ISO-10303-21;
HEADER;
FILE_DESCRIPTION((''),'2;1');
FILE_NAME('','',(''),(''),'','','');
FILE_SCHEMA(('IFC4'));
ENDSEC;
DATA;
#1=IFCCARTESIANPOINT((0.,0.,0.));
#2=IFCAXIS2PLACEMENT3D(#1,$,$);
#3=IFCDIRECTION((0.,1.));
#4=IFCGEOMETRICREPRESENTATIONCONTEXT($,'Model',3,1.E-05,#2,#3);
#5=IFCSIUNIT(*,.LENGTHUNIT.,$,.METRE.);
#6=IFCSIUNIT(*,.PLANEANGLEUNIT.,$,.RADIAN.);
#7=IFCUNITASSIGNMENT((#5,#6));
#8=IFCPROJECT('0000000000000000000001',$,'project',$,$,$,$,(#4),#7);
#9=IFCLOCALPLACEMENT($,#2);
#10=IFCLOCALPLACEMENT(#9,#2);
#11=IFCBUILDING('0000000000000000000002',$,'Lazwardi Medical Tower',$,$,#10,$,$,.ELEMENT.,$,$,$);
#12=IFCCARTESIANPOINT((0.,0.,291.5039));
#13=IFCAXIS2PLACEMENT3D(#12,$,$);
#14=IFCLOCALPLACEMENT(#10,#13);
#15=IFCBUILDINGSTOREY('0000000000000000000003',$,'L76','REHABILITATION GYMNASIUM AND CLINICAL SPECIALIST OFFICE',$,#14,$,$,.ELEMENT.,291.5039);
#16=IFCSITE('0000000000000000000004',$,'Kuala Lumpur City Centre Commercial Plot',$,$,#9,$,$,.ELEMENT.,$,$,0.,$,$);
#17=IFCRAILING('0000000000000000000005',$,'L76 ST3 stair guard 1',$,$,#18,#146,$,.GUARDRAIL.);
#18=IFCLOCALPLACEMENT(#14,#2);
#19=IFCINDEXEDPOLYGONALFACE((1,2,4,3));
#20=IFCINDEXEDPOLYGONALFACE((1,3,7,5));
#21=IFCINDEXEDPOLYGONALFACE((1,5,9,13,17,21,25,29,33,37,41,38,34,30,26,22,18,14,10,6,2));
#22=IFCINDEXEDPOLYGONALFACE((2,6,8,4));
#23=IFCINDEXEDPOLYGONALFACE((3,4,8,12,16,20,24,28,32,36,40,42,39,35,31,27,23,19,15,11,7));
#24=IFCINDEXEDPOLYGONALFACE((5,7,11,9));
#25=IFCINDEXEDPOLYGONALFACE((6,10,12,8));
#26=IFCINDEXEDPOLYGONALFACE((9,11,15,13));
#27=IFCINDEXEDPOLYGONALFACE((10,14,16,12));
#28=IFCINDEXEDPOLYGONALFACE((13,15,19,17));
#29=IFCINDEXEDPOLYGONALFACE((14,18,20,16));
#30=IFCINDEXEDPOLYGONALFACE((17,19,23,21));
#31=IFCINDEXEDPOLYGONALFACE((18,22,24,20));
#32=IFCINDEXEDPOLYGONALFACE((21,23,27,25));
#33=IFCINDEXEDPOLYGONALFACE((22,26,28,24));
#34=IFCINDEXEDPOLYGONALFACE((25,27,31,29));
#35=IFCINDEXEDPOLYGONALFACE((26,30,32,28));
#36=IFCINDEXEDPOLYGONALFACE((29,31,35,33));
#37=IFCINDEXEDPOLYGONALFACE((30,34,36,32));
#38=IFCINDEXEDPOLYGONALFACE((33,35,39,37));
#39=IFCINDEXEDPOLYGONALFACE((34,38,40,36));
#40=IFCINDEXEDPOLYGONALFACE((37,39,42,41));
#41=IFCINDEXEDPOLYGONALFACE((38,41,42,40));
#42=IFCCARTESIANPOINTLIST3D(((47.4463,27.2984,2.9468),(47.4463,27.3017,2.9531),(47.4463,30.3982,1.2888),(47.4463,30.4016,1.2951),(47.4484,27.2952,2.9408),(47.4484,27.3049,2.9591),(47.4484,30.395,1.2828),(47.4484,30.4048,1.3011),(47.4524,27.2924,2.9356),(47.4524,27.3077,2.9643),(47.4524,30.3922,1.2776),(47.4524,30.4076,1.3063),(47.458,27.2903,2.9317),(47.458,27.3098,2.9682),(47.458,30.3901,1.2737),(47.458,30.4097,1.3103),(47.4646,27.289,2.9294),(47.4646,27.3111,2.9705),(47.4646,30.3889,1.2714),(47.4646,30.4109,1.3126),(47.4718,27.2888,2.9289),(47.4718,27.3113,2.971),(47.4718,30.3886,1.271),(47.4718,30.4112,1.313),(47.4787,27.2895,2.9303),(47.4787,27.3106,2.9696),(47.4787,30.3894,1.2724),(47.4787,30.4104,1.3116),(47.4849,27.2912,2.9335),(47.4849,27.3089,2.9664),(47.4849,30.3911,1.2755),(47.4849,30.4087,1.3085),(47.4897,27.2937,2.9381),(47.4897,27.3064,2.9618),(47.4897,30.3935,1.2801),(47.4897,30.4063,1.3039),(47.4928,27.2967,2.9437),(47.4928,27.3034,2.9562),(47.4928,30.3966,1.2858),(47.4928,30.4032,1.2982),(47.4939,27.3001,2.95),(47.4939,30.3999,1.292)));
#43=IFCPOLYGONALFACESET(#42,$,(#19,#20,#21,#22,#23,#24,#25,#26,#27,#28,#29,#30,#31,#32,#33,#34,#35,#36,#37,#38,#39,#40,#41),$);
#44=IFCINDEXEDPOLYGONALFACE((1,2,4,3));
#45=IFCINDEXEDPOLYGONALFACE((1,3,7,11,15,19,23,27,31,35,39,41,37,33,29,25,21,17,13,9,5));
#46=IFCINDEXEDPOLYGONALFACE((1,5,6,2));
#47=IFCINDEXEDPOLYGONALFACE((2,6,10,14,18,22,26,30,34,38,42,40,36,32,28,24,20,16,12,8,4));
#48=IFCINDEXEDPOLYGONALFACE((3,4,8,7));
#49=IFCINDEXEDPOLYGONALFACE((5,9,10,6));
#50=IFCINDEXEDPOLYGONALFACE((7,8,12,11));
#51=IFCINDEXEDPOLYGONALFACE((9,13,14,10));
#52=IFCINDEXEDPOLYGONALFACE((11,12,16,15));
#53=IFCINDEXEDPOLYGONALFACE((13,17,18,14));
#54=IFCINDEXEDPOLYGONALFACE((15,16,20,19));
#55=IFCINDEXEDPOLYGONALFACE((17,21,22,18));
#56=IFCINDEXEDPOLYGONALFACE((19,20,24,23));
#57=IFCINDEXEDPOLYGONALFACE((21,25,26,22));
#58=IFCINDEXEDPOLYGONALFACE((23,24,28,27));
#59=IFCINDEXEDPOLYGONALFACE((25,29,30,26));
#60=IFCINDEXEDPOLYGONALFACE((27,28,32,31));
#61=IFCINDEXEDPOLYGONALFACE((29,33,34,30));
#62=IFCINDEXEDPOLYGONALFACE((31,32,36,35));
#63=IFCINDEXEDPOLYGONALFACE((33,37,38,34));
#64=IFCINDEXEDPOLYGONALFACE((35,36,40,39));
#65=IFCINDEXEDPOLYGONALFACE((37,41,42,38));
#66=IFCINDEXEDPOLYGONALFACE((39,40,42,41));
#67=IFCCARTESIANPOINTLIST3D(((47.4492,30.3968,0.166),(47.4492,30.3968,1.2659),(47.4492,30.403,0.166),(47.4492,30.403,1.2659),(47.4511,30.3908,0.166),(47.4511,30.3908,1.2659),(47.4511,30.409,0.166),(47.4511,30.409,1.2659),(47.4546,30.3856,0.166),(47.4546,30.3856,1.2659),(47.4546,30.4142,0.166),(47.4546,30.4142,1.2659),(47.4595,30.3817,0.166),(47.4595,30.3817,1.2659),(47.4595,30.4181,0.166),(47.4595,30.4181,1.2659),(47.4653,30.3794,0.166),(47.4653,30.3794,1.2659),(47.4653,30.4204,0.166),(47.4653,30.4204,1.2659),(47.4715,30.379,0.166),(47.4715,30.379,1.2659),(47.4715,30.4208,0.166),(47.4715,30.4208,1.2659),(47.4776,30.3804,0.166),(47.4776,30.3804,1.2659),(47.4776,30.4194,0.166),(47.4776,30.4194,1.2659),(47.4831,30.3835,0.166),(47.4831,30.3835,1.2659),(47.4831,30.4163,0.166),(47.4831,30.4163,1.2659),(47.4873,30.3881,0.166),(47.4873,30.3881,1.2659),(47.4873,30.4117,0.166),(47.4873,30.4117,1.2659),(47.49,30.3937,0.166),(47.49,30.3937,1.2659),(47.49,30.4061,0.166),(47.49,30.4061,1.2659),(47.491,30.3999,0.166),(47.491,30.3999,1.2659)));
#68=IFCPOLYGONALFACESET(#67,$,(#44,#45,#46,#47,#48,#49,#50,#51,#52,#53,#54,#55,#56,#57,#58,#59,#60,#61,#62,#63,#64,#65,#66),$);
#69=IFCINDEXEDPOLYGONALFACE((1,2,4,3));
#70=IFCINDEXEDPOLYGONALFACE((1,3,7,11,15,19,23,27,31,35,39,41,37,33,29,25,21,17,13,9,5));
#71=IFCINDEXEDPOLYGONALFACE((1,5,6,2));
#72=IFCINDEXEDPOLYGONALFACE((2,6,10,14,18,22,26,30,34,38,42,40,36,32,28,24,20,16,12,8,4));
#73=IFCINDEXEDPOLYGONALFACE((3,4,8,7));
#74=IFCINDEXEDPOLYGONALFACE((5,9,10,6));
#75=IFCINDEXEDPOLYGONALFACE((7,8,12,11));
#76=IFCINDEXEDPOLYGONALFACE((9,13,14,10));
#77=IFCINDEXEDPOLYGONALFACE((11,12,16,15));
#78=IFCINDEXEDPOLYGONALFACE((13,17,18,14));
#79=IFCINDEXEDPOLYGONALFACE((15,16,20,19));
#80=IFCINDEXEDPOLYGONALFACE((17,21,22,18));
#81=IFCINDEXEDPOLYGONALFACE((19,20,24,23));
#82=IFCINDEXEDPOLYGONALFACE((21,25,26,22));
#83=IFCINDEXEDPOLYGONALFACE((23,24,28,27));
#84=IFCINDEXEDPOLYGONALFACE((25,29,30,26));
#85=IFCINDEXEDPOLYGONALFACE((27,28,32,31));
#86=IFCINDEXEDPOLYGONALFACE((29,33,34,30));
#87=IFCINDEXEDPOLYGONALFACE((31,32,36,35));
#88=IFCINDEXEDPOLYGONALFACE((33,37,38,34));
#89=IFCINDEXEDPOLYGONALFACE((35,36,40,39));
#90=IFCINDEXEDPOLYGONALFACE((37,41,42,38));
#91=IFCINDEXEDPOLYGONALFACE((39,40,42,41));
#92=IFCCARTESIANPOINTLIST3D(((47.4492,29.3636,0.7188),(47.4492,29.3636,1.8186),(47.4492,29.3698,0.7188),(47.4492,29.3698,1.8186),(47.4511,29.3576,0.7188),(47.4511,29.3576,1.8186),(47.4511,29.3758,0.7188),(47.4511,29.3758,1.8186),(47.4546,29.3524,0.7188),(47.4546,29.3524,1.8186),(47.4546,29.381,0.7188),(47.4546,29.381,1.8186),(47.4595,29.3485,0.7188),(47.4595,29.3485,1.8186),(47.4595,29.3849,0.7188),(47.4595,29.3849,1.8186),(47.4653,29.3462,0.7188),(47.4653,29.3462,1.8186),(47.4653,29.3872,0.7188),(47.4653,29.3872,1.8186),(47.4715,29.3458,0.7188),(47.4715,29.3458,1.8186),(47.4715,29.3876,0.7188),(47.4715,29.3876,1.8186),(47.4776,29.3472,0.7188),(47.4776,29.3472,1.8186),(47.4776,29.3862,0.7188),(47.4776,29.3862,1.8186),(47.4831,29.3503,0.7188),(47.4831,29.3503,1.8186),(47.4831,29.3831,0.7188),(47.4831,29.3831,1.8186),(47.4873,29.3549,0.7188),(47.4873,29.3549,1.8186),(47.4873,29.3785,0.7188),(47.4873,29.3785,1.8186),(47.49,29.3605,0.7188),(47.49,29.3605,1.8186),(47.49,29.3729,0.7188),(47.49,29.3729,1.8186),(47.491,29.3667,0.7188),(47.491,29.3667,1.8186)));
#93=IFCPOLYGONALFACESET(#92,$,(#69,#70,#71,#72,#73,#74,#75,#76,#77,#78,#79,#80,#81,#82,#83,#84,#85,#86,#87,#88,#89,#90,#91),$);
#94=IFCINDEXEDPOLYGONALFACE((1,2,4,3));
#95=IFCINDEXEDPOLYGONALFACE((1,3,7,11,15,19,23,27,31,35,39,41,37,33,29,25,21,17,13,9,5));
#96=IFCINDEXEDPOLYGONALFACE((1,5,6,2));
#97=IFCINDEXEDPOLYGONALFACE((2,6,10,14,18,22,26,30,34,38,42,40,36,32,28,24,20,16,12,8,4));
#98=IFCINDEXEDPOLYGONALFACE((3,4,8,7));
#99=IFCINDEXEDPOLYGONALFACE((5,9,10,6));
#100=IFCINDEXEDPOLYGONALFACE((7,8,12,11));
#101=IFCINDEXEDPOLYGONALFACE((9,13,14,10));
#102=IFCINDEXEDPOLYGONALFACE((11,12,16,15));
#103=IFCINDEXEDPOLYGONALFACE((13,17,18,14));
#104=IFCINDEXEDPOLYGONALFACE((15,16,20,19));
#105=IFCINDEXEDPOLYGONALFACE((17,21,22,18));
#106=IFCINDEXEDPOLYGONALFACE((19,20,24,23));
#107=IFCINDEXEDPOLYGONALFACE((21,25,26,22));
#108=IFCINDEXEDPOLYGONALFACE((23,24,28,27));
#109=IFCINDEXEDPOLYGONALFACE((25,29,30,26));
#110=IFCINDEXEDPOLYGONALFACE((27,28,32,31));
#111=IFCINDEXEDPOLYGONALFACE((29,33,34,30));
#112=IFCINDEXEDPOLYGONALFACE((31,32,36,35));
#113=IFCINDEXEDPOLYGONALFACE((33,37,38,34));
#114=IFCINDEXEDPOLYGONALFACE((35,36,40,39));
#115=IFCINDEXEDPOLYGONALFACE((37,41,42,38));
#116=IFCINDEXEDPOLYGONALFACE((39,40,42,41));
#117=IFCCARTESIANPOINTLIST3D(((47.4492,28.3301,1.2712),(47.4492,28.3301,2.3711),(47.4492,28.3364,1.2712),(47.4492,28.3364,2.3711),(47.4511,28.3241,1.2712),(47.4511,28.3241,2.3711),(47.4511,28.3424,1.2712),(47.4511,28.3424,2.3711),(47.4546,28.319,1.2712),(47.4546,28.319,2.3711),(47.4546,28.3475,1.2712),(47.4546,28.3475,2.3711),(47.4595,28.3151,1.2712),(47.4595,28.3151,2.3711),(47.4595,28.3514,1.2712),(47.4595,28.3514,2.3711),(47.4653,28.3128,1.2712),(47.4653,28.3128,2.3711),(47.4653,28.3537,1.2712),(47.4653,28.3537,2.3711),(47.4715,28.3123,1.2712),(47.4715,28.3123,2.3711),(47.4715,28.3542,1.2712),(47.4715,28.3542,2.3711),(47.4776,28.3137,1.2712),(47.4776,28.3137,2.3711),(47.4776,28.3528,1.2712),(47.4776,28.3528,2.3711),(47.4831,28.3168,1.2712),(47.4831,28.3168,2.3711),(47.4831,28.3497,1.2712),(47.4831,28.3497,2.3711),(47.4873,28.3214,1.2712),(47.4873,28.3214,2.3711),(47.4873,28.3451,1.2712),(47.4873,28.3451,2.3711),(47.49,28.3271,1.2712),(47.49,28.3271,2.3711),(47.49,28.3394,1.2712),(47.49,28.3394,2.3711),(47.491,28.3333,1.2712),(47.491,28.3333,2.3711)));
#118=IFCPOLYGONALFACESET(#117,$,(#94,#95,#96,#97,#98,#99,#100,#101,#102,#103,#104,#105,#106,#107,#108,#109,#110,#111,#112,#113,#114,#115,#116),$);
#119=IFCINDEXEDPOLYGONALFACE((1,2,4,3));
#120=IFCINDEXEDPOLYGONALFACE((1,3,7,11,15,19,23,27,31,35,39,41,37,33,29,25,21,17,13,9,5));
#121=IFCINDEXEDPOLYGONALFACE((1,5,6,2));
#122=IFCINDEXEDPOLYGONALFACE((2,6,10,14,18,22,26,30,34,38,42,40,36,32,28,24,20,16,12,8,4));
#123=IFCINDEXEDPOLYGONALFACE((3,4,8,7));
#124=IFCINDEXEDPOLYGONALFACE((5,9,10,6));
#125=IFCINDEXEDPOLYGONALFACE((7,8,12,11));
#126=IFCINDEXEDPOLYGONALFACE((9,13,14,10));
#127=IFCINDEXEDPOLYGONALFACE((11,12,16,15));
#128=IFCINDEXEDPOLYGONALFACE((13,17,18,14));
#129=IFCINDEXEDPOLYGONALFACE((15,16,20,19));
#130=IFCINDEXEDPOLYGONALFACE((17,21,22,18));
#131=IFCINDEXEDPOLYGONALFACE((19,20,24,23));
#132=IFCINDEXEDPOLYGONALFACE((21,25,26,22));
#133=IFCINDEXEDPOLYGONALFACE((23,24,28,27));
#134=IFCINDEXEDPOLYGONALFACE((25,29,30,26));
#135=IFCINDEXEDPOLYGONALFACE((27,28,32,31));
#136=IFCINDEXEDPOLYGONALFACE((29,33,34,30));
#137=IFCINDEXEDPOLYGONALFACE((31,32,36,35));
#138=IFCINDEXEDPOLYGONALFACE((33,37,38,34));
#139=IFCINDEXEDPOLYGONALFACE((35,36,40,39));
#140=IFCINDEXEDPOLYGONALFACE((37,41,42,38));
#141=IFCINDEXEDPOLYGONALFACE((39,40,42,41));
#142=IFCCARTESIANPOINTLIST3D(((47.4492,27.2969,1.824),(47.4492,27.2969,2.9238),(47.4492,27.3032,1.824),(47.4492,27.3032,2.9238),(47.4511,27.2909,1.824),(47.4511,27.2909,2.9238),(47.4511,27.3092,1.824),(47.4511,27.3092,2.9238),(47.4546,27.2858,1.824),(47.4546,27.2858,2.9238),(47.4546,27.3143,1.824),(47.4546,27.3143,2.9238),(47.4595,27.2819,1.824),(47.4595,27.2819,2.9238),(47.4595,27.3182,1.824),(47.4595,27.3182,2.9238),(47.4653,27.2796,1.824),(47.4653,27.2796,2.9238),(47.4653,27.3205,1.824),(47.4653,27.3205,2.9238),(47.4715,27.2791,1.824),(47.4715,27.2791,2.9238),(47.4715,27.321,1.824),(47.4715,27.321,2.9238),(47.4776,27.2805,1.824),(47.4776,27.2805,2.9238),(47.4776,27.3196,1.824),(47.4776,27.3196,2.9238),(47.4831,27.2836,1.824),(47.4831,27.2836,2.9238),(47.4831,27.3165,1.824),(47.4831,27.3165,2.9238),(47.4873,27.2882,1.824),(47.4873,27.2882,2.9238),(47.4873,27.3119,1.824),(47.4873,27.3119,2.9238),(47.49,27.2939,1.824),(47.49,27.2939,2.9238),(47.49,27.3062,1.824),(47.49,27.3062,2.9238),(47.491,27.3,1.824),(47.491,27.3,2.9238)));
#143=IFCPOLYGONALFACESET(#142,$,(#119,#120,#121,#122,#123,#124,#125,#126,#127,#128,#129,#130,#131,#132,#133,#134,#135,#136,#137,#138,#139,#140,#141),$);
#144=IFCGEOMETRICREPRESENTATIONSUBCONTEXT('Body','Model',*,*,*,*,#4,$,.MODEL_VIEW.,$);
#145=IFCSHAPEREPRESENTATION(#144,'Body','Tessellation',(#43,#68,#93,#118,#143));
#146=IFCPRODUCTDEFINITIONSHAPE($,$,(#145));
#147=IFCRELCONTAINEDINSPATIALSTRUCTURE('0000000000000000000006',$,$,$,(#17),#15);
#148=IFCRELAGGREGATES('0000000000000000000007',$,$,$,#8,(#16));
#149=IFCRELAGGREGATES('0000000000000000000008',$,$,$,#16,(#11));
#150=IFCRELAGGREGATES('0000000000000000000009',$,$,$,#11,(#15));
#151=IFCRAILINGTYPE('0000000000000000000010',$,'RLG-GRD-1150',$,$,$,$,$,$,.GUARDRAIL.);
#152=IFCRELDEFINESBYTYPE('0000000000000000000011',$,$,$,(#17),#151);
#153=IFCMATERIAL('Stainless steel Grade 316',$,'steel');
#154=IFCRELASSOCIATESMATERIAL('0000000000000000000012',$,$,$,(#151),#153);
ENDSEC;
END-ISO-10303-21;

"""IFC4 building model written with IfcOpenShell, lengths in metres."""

from ifc_helpers import new_model, si_unit, direction, frame, origin, origin_2d, place, context, subcontext, project, spatial, circle, extrude, material, type_object, element, save


model = new_model("IFC4")

# Units and contexts
model_context = context("Model", 3, precision=1e-05, world=origin(), true_north=direction((0.0, 1.0)))
body_context = subcontext(model_context, "Body", "Model", "MODEL_VIEW")
ifc_project = project(units=[si_unit("LENGTHUNIT", "METRE"), si_unit("PLANEANGLEUNIT", "RADIAN")], contexts=[model_context])

# Site, building, storey
site_placement = place(None, origin())
site = spatial("IfcSite", under=ifc_project, at=site_placement, Name="Kuala Lumpur City Centre Commercial Plot", CompositionType="ELEMENT", RefElevation=0.0)
building_placement = place(site_placement, origin())
building = spatial("IfcBuilding", under=site, at=building_placement, Name="Lazwardi Medical Tower", CompositionType="ELEMENT")
storey_placement = place(building_placement, frame((0.0, 0.0, 291.5039)))
storey = spatial("IfcBuildingStorey", under=building, at=storey_placement, Name="L76", Description="REHABILITATION GYMNASIUM AND CLINICAL SPECIALIST OFFICE", CompositionType="ELEMENT", Elevation=291.5039)

# Railing
ifc_material_1 = material(Name="Stainless steel Grade 316", Category="steel")
railing_type_1 = type_object("IfcRailingType", Name="RLG-GRD-1150", PredefinedType="GUARDRAIL", material=ifc_material_1)
railing_1_placement = place(storey_placement, frame((47.47, 30.3999, 0.166)))
element("IfcRailing", 1, at=railing_1_placement, inside=storey, type_object=railing_type_1, Name="L76 ST3 stair guard 1", PredefinedType="GUARDRAIL", context=body_context, shape_type="SweptSolid", body=[
    extrude(circle(Radius=0.0239, at=origin_2d()), frame((0.0, 0.0, 1.126), z_axis=(0.0, -0.881797, 0.47163), x_axis=(1.0, 0.0, 0.0)), (0.0, 0.0, 1.0), 3.5154),
    extrude(circle(Radius=0.021, at=origin_2d()), origin(), (0.0, 0.0, 1.0), 1.0999),
    extrude(circle(Radius=0.021, at=origin_2d()), frame((0.0, -1.0332, 0.5527)), (0.0, 0.0, 1.0), 1.0999),
    extrude(circle(Radius=0.021, at=origin_2d()), frame((0.0, -2.0667, 1.1052)), (0.0, 0.0, 1.0), 1.0999),
    extrude(circle(Radius=0.021, at=origin_2d()), frame((0.0, -3.0999, 1.658)), (0.0, 0.0, 1.0), 1.0999),
])

save(model, "model.ifc")
